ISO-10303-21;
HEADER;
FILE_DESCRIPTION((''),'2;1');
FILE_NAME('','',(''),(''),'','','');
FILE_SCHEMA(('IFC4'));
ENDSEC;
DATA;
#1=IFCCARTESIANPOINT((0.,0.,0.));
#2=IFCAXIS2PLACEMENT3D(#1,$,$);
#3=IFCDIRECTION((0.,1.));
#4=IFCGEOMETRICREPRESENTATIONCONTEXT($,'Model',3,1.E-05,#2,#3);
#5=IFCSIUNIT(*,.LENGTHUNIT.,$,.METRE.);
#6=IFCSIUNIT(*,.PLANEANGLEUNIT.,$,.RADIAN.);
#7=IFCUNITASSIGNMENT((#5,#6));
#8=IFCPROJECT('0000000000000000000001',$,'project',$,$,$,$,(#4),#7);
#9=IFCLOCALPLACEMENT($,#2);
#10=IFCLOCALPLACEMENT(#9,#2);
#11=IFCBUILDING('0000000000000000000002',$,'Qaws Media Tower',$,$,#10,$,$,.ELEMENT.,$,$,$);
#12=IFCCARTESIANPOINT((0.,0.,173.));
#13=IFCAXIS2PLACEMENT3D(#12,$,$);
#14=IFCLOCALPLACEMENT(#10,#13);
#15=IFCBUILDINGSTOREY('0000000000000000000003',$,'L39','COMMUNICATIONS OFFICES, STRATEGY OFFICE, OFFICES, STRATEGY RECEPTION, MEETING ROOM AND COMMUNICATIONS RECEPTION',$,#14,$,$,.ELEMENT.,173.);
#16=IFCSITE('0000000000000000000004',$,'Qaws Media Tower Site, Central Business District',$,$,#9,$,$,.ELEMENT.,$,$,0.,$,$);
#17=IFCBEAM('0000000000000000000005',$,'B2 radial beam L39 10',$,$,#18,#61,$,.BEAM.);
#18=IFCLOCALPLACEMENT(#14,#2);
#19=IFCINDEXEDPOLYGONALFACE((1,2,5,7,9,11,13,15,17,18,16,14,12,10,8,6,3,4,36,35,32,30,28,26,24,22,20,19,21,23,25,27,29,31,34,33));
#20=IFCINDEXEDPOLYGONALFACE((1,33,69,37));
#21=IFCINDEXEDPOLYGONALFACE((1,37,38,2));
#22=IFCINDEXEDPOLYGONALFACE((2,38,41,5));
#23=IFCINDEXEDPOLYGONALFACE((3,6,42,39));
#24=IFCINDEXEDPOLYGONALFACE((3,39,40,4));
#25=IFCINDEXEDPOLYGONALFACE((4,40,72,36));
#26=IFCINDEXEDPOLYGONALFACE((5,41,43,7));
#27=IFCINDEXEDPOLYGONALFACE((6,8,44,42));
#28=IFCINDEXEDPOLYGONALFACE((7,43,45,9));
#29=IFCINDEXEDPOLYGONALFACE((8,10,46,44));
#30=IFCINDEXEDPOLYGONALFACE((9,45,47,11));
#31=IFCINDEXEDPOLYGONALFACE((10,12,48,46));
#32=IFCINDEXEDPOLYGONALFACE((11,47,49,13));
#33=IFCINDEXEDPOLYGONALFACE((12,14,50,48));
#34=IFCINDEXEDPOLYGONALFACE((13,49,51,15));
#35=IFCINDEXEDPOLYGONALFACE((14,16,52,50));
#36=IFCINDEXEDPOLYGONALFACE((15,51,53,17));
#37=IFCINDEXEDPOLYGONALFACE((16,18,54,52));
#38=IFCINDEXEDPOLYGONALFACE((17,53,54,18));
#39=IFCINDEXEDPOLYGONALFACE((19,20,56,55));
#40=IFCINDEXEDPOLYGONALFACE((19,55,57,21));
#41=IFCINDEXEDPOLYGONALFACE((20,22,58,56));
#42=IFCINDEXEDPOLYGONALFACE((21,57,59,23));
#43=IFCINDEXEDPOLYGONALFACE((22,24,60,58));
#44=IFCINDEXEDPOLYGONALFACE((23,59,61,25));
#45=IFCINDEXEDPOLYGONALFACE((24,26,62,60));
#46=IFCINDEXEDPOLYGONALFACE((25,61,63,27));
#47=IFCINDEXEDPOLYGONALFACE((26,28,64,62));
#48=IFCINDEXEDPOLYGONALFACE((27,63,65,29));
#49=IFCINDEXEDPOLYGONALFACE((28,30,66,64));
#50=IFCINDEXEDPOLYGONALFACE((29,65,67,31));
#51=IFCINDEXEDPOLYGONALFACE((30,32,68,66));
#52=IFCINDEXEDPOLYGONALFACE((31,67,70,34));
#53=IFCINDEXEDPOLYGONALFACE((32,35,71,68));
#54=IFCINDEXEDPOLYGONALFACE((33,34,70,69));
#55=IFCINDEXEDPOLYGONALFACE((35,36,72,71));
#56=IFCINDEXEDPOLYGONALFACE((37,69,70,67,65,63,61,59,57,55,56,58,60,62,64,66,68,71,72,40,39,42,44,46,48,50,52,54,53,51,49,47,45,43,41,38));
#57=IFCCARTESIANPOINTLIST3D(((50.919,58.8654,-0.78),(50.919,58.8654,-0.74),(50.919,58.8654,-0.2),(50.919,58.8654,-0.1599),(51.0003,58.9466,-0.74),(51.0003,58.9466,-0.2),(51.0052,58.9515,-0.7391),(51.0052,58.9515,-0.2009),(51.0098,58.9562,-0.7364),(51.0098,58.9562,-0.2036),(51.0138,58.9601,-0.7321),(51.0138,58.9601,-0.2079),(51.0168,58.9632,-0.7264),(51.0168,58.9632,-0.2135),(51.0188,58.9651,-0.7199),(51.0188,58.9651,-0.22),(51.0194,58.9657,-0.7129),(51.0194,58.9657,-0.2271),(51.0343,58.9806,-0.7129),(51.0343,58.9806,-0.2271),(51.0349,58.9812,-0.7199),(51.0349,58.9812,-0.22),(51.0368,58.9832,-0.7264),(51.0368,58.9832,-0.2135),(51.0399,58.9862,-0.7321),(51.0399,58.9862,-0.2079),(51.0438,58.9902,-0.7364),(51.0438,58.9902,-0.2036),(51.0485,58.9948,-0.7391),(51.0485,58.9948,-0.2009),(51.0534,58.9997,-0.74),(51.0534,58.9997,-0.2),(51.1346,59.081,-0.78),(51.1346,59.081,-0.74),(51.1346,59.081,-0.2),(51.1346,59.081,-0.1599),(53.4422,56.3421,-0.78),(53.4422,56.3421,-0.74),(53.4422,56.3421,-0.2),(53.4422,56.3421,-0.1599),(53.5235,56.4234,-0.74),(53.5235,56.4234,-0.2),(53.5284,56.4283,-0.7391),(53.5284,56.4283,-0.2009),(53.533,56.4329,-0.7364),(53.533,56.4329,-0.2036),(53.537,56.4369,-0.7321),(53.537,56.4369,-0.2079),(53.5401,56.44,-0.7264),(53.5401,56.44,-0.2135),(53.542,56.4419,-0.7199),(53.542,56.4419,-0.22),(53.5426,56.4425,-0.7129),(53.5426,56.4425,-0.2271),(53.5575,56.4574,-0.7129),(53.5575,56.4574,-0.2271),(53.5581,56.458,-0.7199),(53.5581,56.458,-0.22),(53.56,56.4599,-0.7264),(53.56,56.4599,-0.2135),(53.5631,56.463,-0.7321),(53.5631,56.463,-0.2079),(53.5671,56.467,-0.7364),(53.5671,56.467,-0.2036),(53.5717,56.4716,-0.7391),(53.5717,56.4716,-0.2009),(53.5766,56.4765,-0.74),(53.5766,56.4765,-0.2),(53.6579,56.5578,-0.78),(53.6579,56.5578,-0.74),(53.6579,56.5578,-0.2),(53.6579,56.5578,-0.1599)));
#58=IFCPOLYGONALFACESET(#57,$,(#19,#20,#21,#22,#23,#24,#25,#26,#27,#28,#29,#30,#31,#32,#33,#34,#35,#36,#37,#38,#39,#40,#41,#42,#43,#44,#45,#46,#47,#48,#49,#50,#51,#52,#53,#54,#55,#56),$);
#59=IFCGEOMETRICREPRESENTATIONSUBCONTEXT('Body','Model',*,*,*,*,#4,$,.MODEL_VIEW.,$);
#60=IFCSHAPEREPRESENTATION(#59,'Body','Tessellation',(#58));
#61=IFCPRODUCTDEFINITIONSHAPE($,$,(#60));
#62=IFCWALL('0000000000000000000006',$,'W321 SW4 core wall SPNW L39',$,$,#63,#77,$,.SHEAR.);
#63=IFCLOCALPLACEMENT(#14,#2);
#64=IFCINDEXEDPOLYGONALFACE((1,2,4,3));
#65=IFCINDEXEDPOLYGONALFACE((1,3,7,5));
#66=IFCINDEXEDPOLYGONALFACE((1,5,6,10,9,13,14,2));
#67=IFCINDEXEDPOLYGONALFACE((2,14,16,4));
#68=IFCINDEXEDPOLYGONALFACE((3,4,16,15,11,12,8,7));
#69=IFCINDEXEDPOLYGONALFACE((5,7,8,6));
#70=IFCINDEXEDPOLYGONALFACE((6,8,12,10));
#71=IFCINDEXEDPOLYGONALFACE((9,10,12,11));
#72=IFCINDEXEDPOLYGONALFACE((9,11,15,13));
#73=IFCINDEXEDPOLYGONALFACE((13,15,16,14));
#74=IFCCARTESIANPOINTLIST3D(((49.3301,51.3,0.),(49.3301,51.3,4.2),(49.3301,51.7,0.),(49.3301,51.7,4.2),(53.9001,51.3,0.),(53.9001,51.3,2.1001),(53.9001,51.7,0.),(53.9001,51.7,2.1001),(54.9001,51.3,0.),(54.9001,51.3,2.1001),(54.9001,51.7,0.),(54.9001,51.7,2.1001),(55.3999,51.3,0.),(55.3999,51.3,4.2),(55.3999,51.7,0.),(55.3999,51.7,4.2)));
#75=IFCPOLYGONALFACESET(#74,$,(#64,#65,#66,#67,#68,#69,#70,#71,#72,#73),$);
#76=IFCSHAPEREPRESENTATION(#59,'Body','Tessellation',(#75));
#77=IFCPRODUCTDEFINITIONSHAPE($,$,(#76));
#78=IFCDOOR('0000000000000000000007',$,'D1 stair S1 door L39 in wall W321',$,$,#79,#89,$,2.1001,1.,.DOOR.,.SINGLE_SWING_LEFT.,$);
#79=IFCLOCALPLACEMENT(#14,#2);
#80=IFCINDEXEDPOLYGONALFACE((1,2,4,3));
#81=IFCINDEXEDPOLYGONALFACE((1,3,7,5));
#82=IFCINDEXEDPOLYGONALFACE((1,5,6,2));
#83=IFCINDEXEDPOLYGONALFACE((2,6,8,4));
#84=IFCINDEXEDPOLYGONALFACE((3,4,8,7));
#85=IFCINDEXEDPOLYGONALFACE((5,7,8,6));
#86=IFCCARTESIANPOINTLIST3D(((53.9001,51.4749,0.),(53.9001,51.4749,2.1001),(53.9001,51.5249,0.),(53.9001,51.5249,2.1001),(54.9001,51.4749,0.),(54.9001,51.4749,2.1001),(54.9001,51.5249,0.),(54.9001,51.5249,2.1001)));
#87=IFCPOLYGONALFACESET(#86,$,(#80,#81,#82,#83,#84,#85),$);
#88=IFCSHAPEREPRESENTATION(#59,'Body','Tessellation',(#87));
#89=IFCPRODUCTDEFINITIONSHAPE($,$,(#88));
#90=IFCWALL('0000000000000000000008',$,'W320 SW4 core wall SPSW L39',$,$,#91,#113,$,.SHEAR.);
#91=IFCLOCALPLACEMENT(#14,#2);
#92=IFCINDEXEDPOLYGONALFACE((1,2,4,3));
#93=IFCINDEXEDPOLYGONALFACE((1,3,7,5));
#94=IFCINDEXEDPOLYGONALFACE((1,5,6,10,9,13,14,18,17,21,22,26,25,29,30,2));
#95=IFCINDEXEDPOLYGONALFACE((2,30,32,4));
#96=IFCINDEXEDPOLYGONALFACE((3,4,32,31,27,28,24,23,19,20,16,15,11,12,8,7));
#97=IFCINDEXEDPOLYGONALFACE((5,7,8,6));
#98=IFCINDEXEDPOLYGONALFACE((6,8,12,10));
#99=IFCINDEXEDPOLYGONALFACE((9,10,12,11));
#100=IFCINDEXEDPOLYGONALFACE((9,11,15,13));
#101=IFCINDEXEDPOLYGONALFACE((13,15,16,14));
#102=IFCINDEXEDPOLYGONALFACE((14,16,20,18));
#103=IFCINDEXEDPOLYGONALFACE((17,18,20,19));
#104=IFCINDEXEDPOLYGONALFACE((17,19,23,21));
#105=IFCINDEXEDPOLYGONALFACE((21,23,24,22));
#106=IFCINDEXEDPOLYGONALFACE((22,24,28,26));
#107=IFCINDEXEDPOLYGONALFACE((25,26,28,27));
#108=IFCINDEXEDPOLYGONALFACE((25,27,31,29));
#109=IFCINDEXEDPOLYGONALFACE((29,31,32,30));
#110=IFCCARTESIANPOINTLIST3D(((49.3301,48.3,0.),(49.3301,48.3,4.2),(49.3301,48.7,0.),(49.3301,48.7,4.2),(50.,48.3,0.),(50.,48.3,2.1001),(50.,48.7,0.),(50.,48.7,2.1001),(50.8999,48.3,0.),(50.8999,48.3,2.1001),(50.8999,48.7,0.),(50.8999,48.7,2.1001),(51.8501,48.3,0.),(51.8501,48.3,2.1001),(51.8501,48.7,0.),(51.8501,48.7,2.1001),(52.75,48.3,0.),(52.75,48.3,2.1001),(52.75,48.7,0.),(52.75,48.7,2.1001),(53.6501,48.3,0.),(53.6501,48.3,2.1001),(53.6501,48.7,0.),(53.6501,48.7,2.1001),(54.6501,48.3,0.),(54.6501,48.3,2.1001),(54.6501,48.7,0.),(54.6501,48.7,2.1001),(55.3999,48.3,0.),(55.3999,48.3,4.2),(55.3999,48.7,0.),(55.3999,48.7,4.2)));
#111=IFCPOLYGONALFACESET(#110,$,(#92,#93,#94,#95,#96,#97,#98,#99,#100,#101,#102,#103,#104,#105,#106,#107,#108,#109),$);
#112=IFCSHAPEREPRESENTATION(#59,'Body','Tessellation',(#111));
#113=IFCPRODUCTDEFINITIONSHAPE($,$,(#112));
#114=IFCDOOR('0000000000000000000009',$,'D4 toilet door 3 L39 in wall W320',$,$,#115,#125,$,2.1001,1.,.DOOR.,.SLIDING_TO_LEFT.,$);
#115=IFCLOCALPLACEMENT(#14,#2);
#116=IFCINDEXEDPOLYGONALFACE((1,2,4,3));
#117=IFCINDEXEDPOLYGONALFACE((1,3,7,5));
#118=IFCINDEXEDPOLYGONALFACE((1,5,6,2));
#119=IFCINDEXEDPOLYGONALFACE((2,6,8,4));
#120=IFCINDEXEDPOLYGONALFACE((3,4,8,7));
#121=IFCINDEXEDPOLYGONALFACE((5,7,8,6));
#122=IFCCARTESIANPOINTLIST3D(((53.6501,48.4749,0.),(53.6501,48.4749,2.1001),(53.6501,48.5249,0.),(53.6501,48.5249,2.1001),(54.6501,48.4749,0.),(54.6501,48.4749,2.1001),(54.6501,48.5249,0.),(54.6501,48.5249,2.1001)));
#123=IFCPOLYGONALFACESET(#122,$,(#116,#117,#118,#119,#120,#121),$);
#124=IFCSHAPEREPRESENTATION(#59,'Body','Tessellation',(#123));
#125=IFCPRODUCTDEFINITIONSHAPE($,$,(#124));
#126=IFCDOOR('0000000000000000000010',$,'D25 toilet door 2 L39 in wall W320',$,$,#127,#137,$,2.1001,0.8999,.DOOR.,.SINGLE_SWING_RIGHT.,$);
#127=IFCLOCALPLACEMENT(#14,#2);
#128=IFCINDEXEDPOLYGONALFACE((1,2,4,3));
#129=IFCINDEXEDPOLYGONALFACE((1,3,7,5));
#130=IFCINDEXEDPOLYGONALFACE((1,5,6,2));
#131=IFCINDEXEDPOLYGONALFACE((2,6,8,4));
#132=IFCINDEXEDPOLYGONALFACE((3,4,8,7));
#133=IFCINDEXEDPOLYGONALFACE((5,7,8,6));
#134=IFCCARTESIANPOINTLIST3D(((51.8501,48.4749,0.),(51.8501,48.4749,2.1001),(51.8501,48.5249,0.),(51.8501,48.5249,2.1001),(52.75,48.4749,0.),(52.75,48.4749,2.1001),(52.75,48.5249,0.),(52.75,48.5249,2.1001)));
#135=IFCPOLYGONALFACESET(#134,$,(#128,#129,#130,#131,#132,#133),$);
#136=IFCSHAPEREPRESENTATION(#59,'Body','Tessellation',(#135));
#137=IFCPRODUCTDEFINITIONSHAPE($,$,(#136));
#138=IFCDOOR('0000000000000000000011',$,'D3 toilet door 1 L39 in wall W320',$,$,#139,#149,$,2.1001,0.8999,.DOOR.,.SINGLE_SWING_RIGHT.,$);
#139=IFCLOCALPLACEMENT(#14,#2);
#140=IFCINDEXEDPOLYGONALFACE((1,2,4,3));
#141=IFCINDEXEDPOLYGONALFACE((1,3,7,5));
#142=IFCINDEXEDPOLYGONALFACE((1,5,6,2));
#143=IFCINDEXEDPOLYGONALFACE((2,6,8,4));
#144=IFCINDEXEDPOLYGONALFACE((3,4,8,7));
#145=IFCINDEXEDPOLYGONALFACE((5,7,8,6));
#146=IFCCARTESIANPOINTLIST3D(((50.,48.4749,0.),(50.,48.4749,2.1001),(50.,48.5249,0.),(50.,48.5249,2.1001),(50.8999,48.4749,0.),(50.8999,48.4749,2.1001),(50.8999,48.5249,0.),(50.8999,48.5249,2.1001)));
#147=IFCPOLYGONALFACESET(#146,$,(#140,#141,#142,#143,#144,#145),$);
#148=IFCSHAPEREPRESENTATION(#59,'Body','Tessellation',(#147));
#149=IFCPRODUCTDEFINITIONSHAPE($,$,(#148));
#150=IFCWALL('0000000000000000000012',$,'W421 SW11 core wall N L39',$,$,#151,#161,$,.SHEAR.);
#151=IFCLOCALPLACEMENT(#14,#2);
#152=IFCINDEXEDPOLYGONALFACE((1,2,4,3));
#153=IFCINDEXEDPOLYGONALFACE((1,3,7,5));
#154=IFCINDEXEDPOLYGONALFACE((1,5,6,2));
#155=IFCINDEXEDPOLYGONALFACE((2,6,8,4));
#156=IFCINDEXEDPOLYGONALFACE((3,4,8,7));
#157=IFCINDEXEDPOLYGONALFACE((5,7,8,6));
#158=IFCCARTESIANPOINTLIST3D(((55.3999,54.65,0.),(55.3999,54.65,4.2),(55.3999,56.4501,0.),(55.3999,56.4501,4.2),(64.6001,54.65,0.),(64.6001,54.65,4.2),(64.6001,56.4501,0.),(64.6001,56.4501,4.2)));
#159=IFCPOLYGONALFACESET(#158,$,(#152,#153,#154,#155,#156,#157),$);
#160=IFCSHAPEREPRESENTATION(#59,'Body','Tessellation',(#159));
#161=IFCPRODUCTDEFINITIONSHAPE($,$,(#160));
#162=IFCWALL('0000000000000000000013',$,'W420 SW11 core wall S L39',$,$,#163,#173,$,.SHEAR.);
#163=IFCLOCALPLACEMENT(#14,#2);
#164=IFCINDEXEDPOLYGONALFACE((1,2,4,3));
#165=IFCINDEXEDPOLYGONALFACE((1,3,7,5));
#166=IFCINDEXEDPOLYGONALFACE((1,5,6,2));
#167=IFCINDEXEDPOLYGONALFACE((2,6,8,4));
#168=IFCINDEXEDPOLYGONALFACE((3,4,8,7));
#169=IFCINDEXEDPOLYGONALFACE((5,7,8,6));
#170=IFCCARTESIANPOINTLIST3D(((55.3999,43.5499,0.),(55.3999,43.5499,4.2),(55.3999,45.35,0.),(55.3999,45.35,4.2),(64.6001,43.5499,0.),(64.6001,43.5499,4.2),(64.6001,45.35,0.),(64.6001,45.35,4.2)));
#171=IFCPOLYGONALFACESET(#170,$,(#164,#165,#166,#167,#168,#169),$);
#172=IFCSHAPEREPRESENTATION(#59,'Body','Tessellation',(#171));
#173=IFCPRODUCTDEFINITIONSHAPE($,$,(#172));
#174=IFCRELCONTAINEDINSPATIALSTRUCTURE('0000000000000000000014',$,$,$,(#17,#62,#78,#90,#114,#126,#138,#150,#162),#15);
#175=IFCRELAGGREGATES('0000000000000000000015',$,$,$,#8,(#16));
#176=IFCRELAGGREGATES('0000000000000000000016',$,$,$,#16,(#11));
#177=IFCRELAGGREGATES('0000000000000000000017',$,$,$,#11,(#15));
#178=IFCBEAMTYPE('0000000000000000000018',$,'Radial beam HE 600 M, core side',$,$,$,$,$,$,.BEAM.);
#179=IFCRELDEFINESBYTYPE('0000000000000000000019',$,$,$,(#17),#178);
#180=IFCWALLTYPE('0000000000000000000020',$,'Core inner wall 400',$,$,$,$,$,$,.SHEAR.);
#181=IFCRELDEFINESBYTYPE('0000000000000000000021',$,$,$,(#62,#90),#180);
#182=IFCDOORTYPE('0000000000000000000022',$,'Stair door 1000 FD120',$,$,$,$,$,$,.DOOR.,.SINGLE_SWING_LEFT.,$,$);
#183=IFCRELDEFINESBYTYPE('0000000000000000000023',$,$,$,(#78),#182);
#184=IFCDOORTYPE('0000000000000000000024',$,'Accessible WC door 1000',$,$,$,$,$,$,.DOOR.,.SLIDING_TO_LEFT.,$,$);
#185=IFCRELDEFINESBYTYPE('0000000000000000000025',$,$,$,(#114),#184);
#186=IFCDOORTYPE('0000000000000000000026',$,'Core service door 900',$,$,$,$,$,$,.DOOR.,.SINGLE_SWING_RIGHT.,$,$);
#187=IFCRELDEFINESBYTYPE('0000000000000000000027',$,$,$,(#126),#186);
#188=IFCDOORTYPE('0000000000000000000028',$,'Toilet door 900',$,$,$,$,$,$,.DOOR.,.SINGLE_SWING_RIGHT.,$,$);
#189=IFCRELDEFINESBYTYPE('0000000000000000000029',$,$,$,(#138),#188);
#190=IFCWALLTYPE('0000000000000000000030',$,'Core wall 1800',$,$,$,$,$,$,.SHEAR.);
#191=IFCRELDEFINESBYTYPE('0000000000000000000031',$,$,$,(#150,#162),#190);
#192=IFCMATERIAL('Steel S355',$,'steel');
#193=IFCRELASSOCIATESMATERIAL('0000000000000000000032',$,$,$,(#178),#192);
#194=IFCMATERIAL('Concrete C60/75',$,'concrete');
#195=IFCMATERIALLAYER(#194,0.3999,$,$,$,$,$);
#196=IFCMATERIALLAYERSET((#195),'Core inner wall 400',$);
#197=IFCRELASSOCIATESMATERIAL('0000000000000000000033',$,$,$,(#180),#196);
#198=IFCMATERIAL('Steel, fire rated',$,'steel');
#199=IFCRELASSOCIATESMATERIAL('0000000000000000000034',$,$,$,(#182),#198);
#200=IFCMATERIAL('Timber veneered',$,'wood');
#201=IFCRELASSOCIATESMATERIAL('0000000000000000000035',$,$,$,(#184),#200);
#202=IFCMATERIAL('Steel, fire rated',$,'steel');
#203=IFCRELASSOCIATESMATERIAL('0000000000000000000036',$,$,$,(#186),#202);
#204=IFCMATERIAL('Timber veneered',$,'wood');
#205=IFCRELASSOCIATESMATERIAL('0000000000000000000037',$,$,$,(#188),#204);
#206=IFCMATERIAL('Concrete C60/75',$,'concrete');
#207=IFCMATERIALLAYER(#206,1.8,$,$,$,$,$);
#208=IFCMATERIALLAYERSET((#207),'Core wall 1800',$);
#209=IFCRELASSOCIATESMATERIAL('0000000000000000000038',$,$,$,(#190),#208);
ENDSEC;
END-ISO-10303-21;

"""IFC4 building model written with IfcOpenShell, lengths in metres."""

from ifc_helpers import new_model, si_unit, direction, frame, frame_2d, origin, origin_2d, place, context, subcontext, project, spatial, rectangle, i_section, extrude, material, layer, layer_set, material_profile, profile_set, type_object, element, fill, save


model = new_model("IFC4")

# Units and contexts
model_context = context("Model", 3, precision=1e-05, world=origin(), true_north=direction((0.0, 1.0)))
body_context = subcontext(model_context, "Body", "Model", "MODEL_VIEW")
ifc_project = project(units=[si_unit("LENGTHUNIT", "METRE"), si_unit("PLANEANGLEUNIT", "RADIAN")], contexts=[model_context])

# Site, building, storey
site_placement = place(None, origin())
site = spatial("IfcSite", under=ifc_project, at=site_placement, Name="Qaws Media Tower Site, Central Business District", CompositionType="ELEMENT", RefElevation=0.0)
building_placement = place(site_placement, origin())
building = spatial("IfcBuilding", under=site, at=building_placement, Name="Qaws Media Tower", CompositionType="ELEMENT")
storey_placement = place(building_placement, frame((0.0, 0.0, 173.0)))
storey = spatial("IfcBuildingStorey", under=building, at=storey_placement, Name="L39", Description="COMMUNICATIONS OFFICES, STRATEGY OFFICE, OFFICES, STRATEGY RECEPTION, MEETING ROOM AND COMMUNICATIONS RECEPTION", CompositionType="ELEMENT", Elevation=173.0)

# Beam
ifc_material_1 = material(Name="Steel S355", Category="steel")
ifc_material_profile = material_profile(ifc_material_1, i_section(OverallWidth=0.3049, OverallDepth=0.6201, WebThickness=0.021, FlangeThickness=0.04, FilletRadius=0.0271, at=origin_2d()), Name="HE 600 M")
ifc_profile_set = profile_set([ifc_material_profile], Name="Steel S355")
beam_type = type_object("IfcBeamType", Name="Radial beam HE 600 M, core side", PredefinedType="BEAM", material=ifc_profile_set)
beam_placement = place(storey_placement, frame((53.55, 56.45, -0.47), z_axis=(-0.707107, 0.707107, 0.0), x_axis=(-0.707107, -0.707107, 0.0)))
element("IfcBeam", 1, at=beam_placement, inside=storey, type_object=beam_type, Name="B2 radial beam L39 10", PredefinedType="BEAM", context=body_context, shape_type="SweptSolid", body=[
    extrude(i_section(OverallWidth=0.3049, OverallDepth=0.6201, WebThickness=0.021, FlangeThickness=0.04, FilletRadius=0.0271, at=origin_2d()), origin(), (0.0, 0.0, 1.0), 3.5684),
])

# Wall, opening, door
ifc_material_2 = material(Name="Concrete C60/75", Category="concrete")
ifc_layer_1 = layer(ifc_material_2, 0.3999)
ifc_layer_set_1 = layer_set([ifc_layer_1], Name="Core inner wall 400")
wall_type_1 = type_object("IfcWallType", Name="Core inner wall 400", PredefinedType="SHEAR", material=ifc_layer_set_1)
wall_1_placement = place(storey_placement, frame((49.3301, 51.5, 0.0), z_axis=(0.0, 0.0, 1.0), x_axis=(1.0, 0.0, 0.0)))
wall_1 = element("IfcWall", 2, at=wall_1_placement, inside=storey, type_object=wall_type_1, Name="W321 SW4 core wall SPNW L39", PredefinedType="SHEAR", context=body_context, shape_type="SweptSolid", body=[
    extrude(rectangle(XDim=6.0698, YDim=0.3999, at=frame_2d((3.0349, 0.0))), origin(), (0.0, 0.0, 1.0), 4.2),
])
opening_1_placement = place(wall_1_placement, frame((4.5701, 0.0, 0.0)))
opening_1 = element("IfcOpeningElement", 3, at=opening_1_placement, cuts=wall_1, PredefinedType="OPENING", context=body_context, shape_type="SweptSolid", body=[
    extrude(rectangle(XDim=1.0, YDim=2.1001, at=frame_2d((0.5, 1.05))), frame((0.0, 0.21, 0.0), z_axis=(0.0, -1.0, 0.0), x_axis=(1.0, 0.0, 0.0)), (0.0, 0.0, 1.0), 0.4199),
])
ifc_material_3 = material(Name="Steel, fire rated", Category="steel")
door_type_1 = type_object("IfcDoorType", Name="Stair door 1000 FD120", OperationType="SINGLE_SWING_LEFT", PredefinedType="DOOR", material=ifc_material_3)
door_1_placement = place(opening_1_placement, origin())
door_1 = element("IfcDoor", 4, at=door_1_placement, inside=storey, type_object=door_type_1, Name="D1 stair S1 door L39 in wall W321", OperationType="SINGLE_SWING_LEFT", OverallHeight=2.1001, OverallWidth=1.0, PredefinedType="DOOR", context=body_context, shape_type="SweptSolid", body=[
    extrude(rectangle(XDim=1.0, YDim=2.1001, at=frame_2d((0.5, 1.05))), frame((0.0, 0.0249, 0.0), z_axis=(0.0, -1.0, 0.0), x_axis=(1.0, 0.0, 0.0)), (0.0, 0.0, 1.0), 0.05),
])
fill(opening_1, door_1)

# Wall, openings, doors
wall_2_placement = place(storey_placement, frame((49.3301, 48.5, 0.0), z_axis=(0.0, 0.0, 1.0), x_axis=(1.0, 0.0, 0.0)))
wall_2 = element("IfcWall", 5, at=wall_2_placement, inside=storey, type_object=wall_type_1, Name="W320 SW4 core wall SPSW L39", PredefinedType="SHEAR", context=body_context, shape_type="SweptSolid", body=[
    extrude(rectangle(XDim=6.0698, YDim=0.3999, at=frame_2d((3.0349, 0.0))), origin(), (0.0, 0.0, 1.0), 4.2),
])
opening_2_placement = place(wall_2_placement, frame((0.6699, 0.0, 0.0)))
opening_2 = element("IfcOpeningElement", 6, at=opening_2_placement, cuts=wall_2, PredefinedType="OPENING", context=body_context, shape_type="SweptSolid", body=[
    extrude(rectangle(XDim=0.8999, YDim=2.1001, at=frame_2d((0.45, 1.05))), frame((0.0, 0.21, 0.0), z_axis=(0.0, -1.0, 0.0), x_axis=(1.0, 0.0, 0.0)), (0.0, 0.0, 1.0), 0.4199),
])
opening_3_placement = place(wall_2_placement, frame((2.52, 0.0, 0.0)))
opening_3 = element("IfcOpeningElement", 7, at=opening_3_placement, cuts=wall_2, PredefinedType="OPENING", context=body_context, shape_type="SweptSolid", body=[
    extrude(rectangle(XDim=0.8999, YDim=2.1001, at=frame_2d((0.45, 1.05))), frame((0.0, 0.21, 0.0), z_axis=(0.0, -1.0, 0.0), x_axis=(1.0, 0.0, 0.0)), (0.0, 0.0, 1.0), 0.4199),
])
opening_4_placement = place(wall_2_placement, frame((4.3201, 0.0, 0.0)))
opening_4 = element("IfcOpeningElement", 8, at=opening_4_placement, cuts=wall_2, PredefinedType="OPENING", context=body_context, shape_type="SweptSolid", body=[
    extrude(rectangle(XDim=1.0, YDim=2.1001, at=frame_2d((0.5, 1.05))), frame((0.0, 0.21, 0.0), z_axis=(0.0, -1.0, 0.0), x_axis=(1.0, 0.0, 0.0)), (0.0, 0.0, 1.0), 0.4199),
])
ifc_material_4 = material(Name="Timber veneered", Category="wood")
door_type_2 = type_object("IfcDoorType", Name="Accessible WC door 1000", OperationType="SLIDING_TO_LEFT", PredefinedType="DOOR", material=ifc_material_4)
door_2_placement = place(opening_4_placement, origin())
door_2 = element("IfcDoor", 9, at=door_2_placement, inside=storey, type_object=door_type_2, Name="D4 toilet door 3 L39 in wall W320", OperationType="SLIDING_TO_LEFT", OverallHeight=2.1001, OverallWidth=1.0, PredefinedType="DOOR", context=body_context, shape_type="SweptSolid", body=[
    extrude(rectangle(XDim=1.0, YDim=2.1001, at=frame_2d((0.5, 1.05))), frame((0.0, 0.0249, 0.0), z_axis=(0.0, -1.0, 0.0), x_axis=(1.0, 0.0, 0.0)), (0.0, 0.0, 1.0), 0.05),
])
fill(opening_4, door_2)
ifc_material_5 = material(Name="Steel, fire rated", Category="steel")
door_type_3 = type_object("IfcDoorType", Name="Core service door 900", OperationType="SINGLE_SWING_RIGHT", PredefinedType="DOOR", material=ifc_material_5)
door_3_placement = place(opening_3_placement, origin())
door_3 = element("IfcDoor", 10, at=door_3_placement, inside=storey, type_object=door_type_3, Name="D25 toilet door 2 L39 in wall W320", OperationType="SINGLE_SWING_RIGHT", OverallHeight=2.1001, OverallWidth=0.8999, PredefinedType="DOOR", context=body_context, shape_type="SweptSolid", body=[
    extrude(rectangle(XDim=0.8999, YDim=2.1001, at=frame_2d((0.45, 1.05))), frame((0.0, 0.0249, 0.0), z_axis=(0.0, -1.0, 0.0), x_axis=(1.0, 0.0, 0.0)), (0.0, 0.0, 1.0), 0.05),
])
fill(opening_3, door_3)
ifc_material_6 = material(Name="Timber veneered", Category="wood")
door_type_4 = type_object("IfcDoorType", Name="Toilet door 900", OperationType="SINGLE_SWING_RIGHT", PredefinedType="DOOR", material=ifc_material_6)
door_4_placement = place(opening_2_placement, origin())
door_4 = element("IfcDoor", 11, at=door_4_placement, inside=storey, type_object=door_type_4, Name="D3 toilet door 1 L39 in wall W320", OperationType="SINGLE_SWING_RIGHT", OverallHeight=2.1001, OverallWidth=0.8999, PredefinedType="DOOR", context=body_context, shape_type="SweptSolid", body=[
    extrude(rectangle(XDim=0.8999, YDim=2.1001, at=frame_2d((0.45, 1.05))), frame((0.0, 0.0249, 0.0), z_axis=(0.0, -1.0, 0.0), x_axis=(1.0, 0.0, 0.0)), (0.0, 0.0, 1.0), 0.05),
])
fill(opening_2, door_4)

# Walls
ifc_material_7 = material(Name="Concrete C60/75", Category="concrete")
ifc_layer_2 = layer(ifc_material_7, 1.8)
ifc_layer_set_2 = layer_set([ifc_layer_2], Name="Core wall 1800")
wall_type_2 = type_object("IfcWallType", Name="Core wall 1800", PredefinedType="SHEAR", material=ifc_layer_set_2)
for number, where, z_axis, x_axis, name in (
    (12, (55.3999, 55.55, 0.0), (0.0, 0.0, 1.0), (1.0, 0.0, 0.0), "W421 SW11 core wall N L39"),
    (13, (55.3999, 44.45, 0.0), (0.0, 0.0, 1.0), (1.0, 0.0, 0.0), "W420 SW11 core wall S L39"),
):
    element("IfcWall", number, at=place(storey_placement, frame(where, z_axis=z_axis, x_axis=x_axis)), inside=storey, type_object=wall_type_2, Name=name, PredefinedType="SHEAR", context=body_context, shape_type="SweptSolid", body=[
        extrude(rectangle(XDim=9.2002, YDim=1.8, at=frame_2d((4.6001, 0.0))), origin(), (0.0, 0.0, 1.0), 4.2),
    ])

save(model, "model.ifc")
